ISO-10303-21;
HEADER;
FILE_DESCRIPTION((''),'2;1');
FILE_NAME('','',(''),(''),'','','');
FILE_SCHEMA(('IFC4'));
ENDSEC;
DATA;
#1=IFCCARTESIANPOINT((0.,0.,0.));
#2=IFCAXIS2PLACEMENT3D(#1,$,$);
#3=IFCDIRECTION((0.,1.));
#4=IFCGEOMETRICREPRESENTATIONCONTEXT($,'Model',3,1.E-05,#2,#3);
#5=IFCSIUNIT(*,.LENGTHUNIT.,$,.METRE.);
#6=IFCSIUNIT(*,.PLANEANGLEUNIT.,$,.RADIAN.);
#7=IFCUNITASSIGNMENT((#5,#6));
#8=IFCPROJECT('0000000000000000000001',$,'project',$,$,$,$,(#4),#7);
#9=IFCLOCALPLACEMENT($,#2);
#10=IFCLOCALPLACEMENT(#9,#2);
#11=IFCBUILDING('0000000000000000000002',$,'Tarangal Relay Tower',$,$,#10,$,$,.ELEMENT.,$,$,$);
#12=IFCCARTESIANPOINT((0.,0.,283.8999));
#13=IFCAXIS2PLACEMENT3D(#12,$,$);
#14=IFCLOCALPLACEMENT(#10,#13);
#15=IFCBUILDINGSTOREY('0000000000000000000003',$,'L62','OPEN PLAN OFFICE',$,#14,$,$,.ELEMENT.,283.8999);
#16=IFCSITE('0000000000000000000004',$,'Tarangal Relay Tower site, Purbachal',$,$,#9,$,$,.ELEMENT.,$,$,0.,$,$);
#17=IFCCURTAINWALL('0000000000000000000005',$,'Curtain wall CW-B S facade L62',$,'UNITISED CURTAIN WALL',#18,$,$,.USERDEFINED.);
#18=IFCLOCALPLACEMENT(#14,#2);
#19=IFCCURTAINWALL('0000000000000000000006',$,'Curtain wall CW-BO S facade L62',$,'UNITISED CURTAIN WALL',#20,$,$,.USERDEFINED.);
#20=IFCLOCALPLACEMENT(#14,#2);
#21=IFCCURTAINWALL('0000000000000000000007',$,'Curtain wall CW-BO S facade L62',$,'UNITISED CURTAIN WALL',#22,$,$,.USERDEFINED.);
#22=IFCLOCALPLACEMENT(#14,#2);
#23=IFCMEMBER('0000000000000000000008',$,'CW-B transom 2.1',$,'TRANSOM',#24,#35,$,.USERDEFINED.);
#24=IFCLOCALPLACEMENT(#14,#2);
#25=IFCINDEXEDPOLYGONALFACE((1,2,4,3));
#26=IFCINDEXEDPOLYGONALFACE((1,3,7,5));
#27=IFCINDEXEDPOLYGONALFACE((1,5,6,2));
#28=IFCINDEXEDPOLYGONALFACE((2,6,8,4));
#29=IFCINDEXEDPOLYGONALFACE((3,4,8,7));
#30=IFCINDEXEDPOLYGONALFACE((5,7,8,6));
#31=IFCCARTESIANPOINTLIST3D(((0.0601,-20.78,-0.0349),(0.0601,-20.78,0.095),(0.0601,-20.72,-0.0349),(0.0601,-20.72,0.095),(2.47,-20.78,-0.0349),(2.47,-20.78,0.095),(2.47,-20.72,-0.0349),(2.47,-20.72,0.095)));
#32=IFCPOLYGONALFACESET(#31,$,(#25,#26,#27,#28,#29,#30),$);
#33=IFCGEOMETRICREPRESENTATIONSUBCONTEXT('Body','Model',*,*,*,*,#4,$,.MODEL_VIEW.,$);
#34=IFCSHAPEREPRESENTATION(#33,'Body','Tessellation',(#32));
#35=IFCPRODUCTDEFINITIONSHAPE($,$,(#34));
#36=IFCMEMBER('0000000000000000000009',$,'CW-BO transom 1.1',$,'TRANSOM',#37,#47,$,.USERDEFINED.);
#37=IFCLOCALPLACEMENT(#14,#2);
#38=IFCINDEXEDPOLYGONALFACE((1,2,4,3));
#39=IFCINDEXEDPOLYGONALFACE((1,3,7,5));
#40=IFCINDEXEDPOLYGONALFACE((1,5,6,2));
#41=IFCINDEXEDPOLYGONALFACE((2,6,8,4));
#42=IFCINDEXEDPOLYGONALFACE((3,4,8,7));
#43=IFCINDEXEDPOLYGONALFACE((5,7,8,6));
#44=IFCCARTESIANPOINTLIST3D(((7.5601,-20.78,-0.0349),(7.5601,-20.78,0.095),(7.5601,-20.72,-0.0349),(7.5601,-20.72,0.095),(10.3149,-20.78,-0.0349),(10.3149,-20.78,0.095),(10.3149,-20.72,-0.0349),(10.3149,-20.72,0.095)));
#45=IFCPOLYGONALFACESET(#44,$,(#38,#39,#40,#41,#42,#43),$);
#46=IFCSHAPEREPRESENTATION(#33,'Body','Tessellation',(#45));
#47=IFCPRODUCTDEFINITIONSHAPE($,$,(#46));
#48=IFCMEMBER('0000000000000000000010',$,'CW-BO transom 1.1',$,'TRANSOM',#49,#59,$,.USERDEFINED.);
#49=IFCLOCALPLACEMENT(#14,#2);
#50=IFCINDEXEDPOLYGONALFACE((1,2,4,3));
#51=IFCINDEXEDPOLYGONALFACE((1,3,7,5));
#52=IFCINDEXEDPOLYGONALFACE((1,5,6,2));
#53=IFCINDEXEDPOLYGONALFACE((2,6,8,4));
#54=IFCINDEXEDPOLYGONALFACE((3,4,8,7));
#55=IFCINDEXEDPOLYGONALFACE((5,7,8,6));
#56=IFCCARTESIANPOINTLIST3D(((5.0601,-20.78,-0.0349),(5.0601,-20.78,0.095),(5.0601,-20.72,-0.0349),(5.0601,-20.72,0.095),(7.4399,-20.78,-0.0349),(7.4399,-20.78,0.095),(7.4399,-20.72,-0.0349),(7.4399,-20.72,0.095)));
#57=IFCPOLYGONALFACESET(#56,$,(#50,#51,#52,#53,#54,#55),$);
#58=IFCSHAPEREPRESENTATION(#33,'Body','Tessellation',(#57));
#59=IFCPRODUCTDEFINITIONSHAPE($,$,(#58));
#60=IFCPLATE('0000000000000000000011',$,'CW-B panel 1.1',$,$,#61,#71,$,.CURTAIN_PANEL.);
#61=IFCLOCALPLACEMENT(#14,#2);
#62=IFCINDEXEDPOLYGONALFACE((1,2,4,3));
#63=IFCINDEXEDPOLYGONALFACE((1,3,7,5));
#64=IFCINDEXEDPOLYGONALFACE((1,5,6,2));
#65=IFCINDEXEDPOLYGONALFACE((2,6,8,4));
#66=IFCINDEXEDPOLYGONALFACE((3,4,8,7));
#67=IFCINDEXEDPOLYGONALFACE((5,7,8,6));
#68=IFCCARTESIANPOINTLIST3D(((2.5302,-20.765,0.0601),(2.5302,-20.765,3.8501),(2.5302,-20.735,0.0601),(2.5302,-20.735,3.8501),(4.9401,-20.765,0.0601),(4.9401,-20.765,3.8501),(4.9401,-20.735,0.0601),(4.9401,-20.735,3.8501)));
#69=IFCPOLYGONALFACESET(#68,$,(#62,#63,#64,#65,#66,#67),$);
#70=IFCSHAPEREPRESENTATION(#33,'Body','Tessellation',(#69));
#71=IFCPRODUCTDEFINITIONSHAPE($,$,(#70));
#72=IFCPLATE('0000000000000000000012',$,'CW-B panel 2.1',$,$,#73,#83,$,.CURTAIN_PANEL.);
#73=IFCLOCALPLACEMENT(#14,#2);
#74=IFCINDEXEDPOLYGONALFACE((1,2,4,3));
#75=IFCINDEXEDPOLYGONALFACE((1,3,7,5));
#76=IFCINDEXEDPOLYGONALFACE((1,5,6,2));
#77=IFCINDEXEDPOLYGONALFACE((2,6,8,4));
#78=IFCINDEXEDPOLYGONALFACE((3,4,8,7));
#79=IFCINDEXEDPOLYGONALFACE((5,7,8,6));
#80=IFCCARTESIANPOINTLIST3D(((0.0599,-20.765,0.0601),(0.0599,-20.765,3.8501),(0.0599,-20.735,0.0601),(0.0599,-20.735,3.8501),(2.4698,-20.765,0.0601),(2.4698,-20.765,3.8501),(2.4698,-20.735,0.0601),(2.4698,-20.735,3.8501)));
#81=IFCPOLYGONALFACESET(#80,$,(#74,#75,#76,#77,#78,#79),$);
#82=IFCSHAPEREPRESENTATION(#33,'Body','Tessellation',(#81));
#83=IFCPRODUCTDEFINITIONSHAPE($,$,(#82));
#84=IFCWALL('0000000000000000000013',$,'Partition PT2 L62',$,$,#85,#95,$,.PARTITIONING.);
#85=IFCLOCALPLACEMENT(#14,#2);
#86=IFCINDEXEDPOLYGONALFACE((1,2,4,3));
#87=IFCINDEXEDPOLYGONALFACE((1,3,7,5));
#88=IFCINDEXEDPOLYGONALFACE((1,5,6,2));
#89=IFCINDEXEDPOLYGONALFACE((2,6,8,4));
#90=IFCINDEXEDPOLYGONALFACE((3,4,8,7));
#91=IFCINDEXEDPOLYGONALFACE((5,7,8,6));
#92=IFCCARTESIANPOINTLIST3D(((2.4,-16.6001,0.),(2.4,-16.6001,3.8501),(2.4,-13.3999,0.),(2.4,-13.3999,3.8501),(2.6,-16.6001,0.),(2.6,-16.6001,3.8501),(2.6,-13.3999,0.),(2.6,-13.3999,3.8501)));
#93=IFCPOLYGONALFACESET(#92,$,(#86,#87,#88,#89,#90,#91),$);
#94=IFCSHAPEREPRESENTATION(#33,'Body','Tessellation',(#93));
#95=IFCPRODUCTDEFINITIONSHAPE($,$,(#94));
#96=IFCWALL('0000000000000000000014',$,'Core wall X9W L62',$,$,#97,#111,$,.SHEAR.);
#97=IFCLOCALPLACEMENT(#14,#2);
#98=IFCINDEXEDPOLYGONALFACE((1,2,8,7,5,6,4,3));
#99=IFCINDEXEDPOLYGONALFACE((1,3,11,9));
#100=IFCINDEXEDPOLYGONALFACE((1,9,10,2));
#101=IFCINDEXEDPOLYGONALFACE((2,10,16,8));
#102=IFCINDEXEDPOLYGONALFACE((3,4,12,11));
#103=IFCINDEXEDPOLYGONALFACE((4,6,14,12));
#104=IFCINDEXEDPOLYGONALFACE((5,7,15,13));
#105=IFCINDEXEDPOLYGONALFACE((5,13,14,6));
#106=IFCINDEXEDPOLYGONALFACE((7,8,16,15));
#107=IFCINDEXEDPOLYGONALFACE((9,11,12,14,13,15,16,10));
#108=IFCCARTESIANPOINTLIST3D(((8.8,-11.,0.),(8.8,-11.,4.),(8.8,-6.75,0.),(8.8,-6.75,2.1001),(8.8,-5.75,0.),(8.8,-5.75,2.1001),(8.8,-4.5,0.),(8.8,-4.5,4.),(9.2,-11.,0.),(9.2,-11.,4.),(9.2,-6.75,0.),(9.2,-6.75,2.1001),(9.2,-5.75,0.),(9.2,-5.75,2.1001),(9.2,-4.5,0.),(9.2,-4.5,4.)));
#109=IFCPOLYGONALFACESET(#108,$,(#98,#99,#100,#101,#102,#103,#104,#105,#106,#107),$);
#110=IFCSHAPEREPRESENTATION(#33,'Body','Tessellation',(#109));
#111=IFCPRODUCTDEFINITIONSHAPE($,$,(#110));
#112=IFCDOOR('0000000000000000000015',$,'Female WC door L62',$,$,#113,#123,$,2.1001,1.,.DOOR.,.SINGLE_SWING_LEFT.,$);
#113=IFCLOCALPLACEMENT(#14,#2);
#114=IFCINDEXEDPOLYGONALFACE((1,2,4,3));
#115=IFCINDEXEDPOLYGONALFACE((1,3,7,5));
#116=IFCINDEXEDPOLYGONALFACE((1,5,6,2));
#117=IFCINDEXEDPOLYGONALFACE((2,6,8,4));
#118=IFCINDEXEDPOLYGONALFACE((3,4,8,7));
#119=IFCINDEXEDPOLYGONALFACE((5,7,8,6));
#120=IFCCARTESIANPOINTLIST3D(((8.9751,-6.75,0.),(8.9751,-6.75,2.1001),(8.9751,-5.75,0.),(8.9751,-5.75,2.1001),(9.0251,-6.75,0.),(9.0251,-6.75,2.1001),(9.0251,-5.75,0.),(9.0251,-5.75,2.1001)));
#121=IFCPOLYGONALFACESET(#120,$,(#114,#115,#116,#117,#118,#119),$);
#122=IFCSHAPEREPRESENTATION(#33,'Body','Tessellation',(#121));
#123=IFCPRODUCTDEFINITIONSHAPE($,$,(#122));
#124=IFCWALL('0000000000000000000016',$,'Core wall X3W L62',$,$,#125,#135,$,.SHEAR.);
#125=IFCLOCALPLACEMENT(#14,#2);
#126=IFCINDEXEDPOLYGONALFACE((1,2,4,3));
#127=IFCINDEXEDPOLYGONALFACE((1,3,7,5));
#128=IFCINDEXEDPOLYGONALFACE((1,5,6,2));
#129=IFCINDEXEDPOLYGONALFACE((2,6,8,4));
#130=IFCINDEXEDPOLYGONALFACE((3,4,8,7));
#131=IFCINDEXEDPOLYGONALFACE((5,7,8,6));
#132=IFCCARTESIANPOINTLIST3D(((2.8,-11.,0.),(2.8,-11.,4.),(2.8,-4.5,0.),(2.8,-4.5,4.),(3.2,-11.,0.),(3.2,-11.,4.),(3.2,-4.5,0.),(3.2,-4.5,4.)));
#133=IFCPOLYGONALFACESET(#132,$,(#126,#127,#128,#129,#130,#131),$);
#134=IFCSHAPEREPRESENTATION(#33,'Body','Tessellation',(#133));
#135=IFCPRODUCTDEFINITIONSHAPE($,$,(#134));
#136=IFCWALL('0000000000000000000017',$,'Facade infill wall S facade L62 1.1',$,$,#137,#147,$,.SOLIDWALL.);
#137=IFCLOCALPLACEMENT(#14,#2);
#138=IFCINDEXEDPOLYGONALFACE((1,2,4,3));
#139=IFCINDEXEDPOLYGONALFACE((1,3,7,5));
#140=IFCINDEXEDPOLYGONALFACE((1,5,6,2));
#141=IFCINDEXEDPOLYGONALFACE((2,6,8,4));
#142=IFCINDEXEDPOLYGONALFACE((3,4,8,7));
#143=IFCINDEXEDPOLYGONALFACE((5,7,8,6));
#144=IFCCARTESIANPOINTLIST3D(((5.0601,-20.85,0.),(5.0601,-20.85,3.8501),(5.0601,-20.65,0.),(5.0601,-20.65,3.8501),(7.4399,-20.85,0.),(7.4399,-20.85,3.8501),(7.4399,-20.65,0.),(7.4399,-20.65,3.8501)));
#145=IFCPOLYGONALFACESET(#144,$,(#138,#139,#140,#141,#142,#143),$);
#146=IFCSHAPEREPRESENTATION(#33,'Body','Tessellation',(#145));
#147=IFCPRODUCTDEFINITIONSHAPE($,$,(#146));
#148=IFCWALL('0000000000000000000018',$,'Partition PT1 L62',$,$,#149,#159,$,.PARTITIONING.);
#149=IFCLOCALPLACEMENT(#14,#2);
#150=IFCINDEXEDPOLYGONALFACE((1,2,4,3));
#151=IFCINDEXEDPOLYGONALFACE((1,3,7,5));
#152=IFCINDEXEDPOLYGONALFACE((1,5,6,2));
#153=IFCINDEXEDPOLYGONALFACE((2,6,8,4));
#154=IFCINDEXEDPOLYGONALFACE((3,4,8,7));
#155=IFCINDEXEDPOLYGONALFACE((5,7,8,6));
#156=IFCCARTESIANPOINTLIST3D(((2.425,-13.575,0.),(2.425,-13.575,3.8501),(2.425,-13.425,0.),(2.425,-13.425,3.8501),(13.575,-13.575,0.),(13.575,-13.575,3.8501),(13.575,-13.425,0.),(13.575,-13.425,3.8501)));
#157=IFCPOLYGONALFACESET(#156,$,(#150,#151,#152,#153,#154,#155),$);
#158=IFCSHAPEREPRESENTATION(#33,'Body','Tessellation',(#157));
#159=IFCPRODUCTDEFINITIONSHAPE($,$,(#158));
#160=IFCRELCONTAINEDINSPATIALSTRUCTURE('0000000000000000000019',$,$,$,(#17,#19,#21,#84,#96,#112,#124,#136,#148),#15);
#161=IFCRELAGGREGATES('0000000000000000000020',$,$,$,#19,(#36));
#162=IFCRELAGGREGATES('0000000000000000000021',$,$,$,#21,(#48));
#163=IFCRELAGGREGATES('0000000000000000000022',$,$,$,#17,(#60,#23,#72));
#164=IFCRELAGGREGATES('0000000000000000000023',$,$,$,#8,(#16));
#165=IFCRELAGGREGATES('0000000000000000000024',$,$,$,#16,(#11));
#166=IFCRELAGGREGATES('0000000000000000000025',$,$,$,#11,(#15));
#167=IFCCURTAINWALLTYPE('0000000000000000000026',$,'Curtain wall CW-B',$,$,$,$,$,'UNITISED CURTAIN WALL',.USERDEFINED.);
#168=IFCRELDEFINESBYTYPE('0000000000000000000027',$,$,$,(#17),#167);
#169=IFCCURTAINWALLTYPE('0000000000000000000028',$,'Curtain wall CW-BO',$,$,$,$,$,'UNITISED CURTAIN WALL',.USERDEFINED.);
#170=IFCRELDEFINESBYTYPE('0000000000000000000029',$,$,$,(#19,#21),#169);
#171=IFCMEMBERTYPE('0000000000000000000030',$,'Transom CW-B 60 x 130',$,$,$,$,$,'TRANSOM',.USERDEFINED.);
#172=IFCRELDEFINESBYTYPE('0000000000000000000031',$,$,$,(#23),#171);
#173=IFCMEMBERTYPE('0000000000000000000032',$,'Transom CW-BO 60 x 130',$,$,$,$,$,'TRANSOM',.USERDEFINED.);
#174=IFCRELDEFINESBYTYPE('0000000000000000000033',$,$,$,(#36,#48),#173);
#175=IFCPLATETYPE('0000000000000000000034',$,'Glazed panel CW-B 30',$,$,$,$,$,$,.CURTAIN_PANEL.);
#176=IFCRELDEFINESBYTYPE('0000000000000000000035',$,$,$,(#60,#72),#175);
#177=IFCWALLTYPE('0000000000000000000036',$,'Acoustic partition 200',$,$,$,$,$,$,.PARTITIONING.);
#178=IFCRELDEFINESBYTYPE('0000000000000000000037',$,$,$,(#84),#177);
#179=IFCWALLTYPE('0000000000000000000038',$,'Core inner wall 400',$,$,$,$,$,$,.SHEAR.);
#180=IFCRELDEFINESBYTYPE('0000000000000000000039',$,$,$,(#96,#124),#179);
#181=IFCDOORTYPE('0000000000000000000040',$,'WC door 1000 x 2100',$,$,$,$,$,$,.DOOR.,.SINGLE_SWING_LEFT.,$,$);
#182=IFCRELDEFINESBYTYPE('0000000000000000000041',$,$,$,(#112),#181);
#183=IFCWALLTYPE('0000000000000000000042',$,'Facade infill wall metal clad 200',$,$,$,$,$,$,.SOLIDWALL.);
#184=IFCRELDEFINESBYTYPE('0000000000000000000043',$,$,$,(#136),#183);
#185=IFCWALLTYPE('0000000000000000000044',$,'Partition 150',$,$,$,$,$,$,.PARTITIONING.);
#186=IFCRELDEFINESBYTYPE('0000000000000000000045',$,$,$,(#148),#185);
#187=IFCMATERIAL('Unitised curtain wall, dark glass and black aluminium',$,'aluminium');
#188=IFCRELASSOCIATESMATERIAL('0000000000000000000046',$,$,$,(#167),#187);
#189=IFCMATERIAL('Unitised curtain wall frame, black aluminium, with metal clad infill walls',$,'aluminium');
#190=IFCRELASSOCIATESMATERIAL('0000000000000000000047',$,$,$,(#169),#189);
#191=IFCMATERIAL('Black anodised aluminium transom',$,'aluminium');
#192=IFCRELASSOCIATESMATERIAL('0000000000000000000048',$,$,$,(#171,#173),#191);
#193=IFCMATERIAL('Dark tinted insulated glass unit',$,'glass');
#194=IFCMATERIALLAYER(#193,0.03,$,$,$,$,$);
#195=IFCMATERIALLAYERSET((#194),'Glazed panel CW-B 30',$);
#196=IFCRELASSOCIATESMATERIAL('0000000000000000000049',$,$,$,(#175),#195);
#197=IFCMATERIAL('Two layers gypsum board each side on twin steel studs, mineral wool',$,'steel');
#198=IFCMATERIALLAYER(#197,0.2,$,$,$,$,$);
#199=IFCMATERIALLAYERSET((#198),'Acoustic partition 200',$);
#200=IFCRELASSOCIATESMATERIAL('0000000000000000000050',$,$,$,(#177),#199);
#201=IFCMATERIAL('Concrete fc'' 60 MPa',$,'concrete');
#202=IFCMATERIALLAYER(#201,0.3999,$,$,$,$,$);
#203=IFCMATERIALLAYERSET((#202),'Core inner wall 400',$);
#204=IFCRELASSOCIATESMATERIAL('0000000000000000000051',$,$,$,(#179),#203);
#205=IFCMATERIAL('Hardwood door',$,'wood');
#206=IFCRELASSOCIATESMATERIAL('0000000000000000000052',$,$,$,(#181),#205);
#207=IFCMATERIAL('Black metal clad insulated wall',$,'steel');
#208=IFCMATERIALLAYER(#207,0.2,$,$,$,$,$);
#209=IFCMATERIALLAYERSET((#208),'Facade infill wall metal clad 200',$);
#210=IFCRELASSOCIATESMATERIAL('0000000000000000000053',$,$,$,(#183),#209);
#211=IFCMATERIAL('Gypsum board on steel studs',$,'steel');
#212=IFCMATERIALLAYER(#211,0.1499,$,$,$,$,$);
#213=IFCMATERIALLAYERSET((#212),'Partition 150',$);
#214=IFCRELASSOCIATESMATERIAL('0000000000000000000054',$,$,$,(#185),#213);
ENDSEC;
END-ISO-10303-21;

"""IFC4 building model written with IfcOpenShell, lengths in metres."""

from ifc_helpers import new_model, si_unit, direction, frame, frame_2d, origin, origin_2d, place, context, subcontext, project, spatial, rectangle, extrude, material, layer, layer_set, material_profile, profile_set, type_object, element, fill, aggregate, save


model = new_model("IFC4")

# Units and contexts
model_context = context("Model", 3, precision=1e-05, world=origin(), true_north=direction((0.0, 1.0)))
body_context = subcontext(model_context, "Body", "Model", "MODEL_VIEW")
ifc_project = project(units=[si_unit("LENGTHUNIT", "METRE"), si_unit("PLANEANGLEUNIT", "RADIAN")], contexts=[model_context])

# Site, building, storey
site_placement = place(None, origin())
site = spatial("IfcSite", under=ifc_project, at=site_placement, Name="Tarangal Relay Tower site, Purbachal", CompositionType="ELEMENT", RefElevation=0.0)
building_placement = place(site_placement, origin())
building = spatial("IfcBuilding", under=site, at=building_placement, Name="Tarangal Relay Tower", CompositionType="ELEMENT")
storey_placement = place(building_placement, frame((0.0, 0.0, 283.8999)))
storey = spatial("IfcBuildingStorey", under=building, at=storey_placement, Name="L62", Description="OPEN PLAN OFFICE", CompositionType="ELEMENT", Elevation=283.8999)

# Curtain wall
ifc_material_1 = material(Name="Unitised curtain wall, dark glass and black aluminium", Category="aluminium")
curtain_wall_type_1 = type_object("IfcCurtainWallType", Name="Curtain wall CW-B", ElementType="UNITISED CURTAIN WALL", PredefinedType="USERDEFINED", material=ifc_material_1)
curtain_wall_1_placement = place(storey_placement, origin())
curtain_wall_1 = element("IfcCurtainWall", 1, at=curtain_wall_1_placement, inside=storey, type_object=curtain_wall_type_1, Name="Curtain wall CW-B S facade L62", ObjectType="UNITISED CURTAIN WALL", PredefinedType="USERDEFINED")

# Curtain wall
ifc_material_2 = material(Name="Unitised curtain wall frame, black aluminium, with metal clad infill walls", Category="aluminium")
curtain_wall_type_2 = type_object("IfcCurtainWallType", Name="Curtain wall CW-BO", ElementType="UNITISED CURTAIN WALL", PredefinedType="USERDEFINED", material=ifc_material_2)
curtain_wall_2_placement = place(storey_placement, origin())
curtain_wall_2 = element("IfcCurtainWall", 2, at=curtain_wall_2_placement, inside=storey, type_object=curtain_wall_type_2, Name="Curtain wall CW-BO S facade L62", ObjectType="UNITISED CURTAIN WALL", PredefinedType="USERDEFINED")

# Curtain wall
curtain_wall_3_placement = place(storey_placement, origin())
curtain_wall_3 = element("IfcCurtainWall", 3, at=curtain_wall_3_placement, inside=storey, type_object=curtain_wall_type_2, Name="Curtain wall CW-BO S facade L62", ObjectType="UNITISED CURTAIN WALL", PredefinedType="USERDEFINED")

# Members
ifc_material_3 = material(Name="Black anodised aluminium transom", Category="aluminium")
ifc_material_profile_1 = material_profile(ifc_material_3, rectangle(XDim=0.0601, YDim=0.1299, at=origin_2d()), Name="CW-BT 60X130")
ifc_profile_set_1 = profile_set([ifc_material_profile_1], Name="Black anodised aluminium transom")
member_type_1 = type_object("IfcMemberType", Name="Transom CW-B 60 x 130", ElementType="TRANSOM", PredefinedType="USERDEFINED", material=ifc_profile_set_1)
member_1_placement = place(storey_placement, frame((2.47, -20.75, 0.03), z_axis=(-1.0, 0.0, 0.0), x_axis=(0.0, -1.0, 0.0)))
member_1 = element("IfcMember", 4, at=member_1_placement, type_object=member_type_1, Name="CW-B transom 2.1", ObjectType="TRANSOM", PredefinedType="USERDEFINED", context=body_context, shape_type="SweptSolid", body=[
    extrude(rectangle(XDim=0.0601, YDim=0.1299, at=origin_2d()), origin(), (0.0, 0.0, 1.0), 2.4099),
])
ifc_material_profile_2 = material_profile(ifc_material_3, rectangle(XDim=0.0601, YDim=0.1299, at=origin_2d()), Name="CW-BOT 60X130")
ifc_profile_set_2 = profile_set([ifc_material_profile_2], Name="Black anodised aluminium transom")
member_type_2 = type_object("IfcMemberType", Name="Transom CW-BO 60 x 130", ElementType="TRANSOM", PredefinedType="USERDEFINED", material=ifc_profile_set_2)
member_2_placement = place(storey_placement, frame((10.3149, -20.75, 0.03), z_axis=(-1.0, 0.0, 0.0), x_axis=(0.0, -1.0, 0.0)))
member_2 = element("IfcMember", 5, at=member_2_placement, type_object=member_type_2, Name="CW-BO transom 1.1", ObjectType="TRANSOM", PredefinedType="USERDEFINED", context=body_context, shape_type="SweptSolid", body=[
    extrude(rectangle(XDim=0.0601, YDim=0.1299, at=origin_2d()), origin(), (0.0, 0.0, 1.0), 2.7549),
])
aggregate(curtain_wall_2, [member_2])
member_3_placement = place(storey_placement, frame((7.4399, -20.75, 0.03), z_axis=(-1.0, 0.0, 0.0), x_axis=(0.0, -1.0, 0.0)))
member_3 = element("IfcMember", 6, at=member_3_placement, type_object=member_type_2, Name="CW-BO transom 1.1", ObjectType="TRANSOM", PredefinedType="USERDEFINED", context=body_context, shape_type="SweptSolid", body=[
    extrude(rectangle(XDim=0.0601, YDim=0.1299, at=origin_2d()), origin(), (0.0, 0.0, 1.0), 2.3799),
])
aggregate(curtain_wall_3, [member_3])

# Plates
ifc_material_4 = material(Name="Dark tinted insulated glass unit", Category="glass")
ifc_layer_1 = layer(ifc_material_4, 0.03)
ifc_layer_set_1 = layer_set([ifc_layer_1], Name="Glazed panel CW-B 30")
plate_type = type_object("IfcPlateType", Name="Glazed panel CW-B 30", PredefinedType="CURTAIN_PANEL", material=ifc_layer_set_1)
plate_1_placement = place(storey_placement, frame((3.7351, -20.75, 0.0601), z_axis=(0.0, 0.0, 1.0), x_axis=(-1.0, 0.0, 0.0)))
plate_1 = element("IfcPlate", 7, at=plate_1_placement, type_object=plate_type, Name="CW-B panel 1.1", PredefinedType="CURTAIN_PANEL", context=body_context, shape_type="SweptSolid", body=[
    extrude(rectangle(XDim=2.4099, YDim=0.03, at=origin_2d()), origin(), (0.0, 0.0, 1.0), 3.79),
])
plate_2_placement = place(storey_placement, frame((1.2649, -20.75, 0.0601), z_axis=(0.0, 0.0, 1.0), x_axis=(-1.0, 0.0, 0.0)))
plate_2 = element("IfcPlate", 8, at=plate_2_placement, type_object=plate_type, Name="CW-B panel 2.1", PredefinedType="CURTAIN_PANEL", context=body_context, shape_type="SweptSolid", body=[
    extrude(rectangle(XDim=2.4099, YDim=0.03, at=origin_2d()), origin(), (0.0, 0.0, 1.0), 3.79),
])
aggregate(curtain_wall_1, [plate_1, member_1, plate_2])

# Wall
ifc_material_5 = material(Name="Two layers gypsum board each side on twin steel studs, mineral wool", Category="steel")
ifc_layer_2 = layer(ifc_material_5, 0.2)
ifc_layer_set_2 = layer_set([ifc_layer_2], Name="Acoustic partition 200")
wall_type_1 = type_object("IfcWallType", Name="Acoustic partition 200", PredefinedType="PARTITIONING", material=ifc_layer_set_2)
wall_1_placement = place(storey_placement, frame((2.5, -16.6001, 0.0), z_axis=(0.0, 0.0, 1.0), x_axis=(0.0, 1.0, 0.0)))
element("IfcWall", 9, at=wall_1_placement, inside=storey, type_object=wall_type_1, Name="Partition PT2 L62", PredefinedType="PARTITIONING", context=body_context, shape_type="SweptSolid", body=[
    extrude(rectangle(XDim=3.2002, YDim=0.2, at=frame_2d((1.6001, 0.0))), origin(), (0.0, 0.0, 1.0), 3.8501),
])

# Wall, opening, door
ifc_material_6 = material(Name="Concrete fc' 60 MPa", Category="concrete")
ifc_layer_3 = layer(ifc_material_6, 0.3999)
ifc_layer_set_3 = layer_set([ifc_layer_3], Name="Core inner wall 400")
wall_type_2 = type_object("IfcWallType", Name="Core inner wall 400", PredefinedType="SHEAR", material=ifc_layer_set_3)
wall_2_placement = place(storey_placement, frame((9.0, -11.0, 0.0), z_axis=(0.0, 0.0, 1.0), x_axis=(0.0, 1.0, 0.0)))
wall_2 = element("IfcWall", 10, at=wall_2_placement, inside=storey, type_object=wall_type_2, Name="Core wall X9W L62", PredefinedType="SHEAR", context=body_context, shape_type="SweptSolid", body=[
    extrude(rectangle(XDim=6.5, YDim=0.3999, at=frame_2d((3.25, 0.0))), origin(), (0.0, 0.0, 1.0), 4.0),
])
opening_1_placement = place(wall_2_placement, frame((4.25, 0.0, 0.0)))
opening_1 = element("IfcOpeningElement", 11, at=opening_1_placement, cuts=wall_2, PredefinedType="OPENING", context=body_context, shape_type="SweptSolid", body=[
    extrude(rectangle(XDim=1.0, YDim=2.1001, at=frame_2d((0.5, 1.05))), frame((0.0, 0.21, 0.0), z_axis=(0.0, -1.0, 0.0), x_axis=(1.0, 0.0, 0.0)), (0.0, 0.0, 1.0), 0.4199),
])
ifc_material_7 = material(Name="Hardwood door", Category="wood")
door_type = type_object("IfcDoorType", Name="WC door 1000 x 2100", OperationType="SINGLE_SWING_LEFT", PredefinedType="DOOR", material=ifc_material_7)
door_1_placement = place(opening_1_placement, origin())
door_1 = element("IfcDoor", 12, at=door_1_placement, inside=storey, type_object=door_type, Name="Female WC door L62", OperationType="SINGLE_SWING_LEFT", OverallHeight=2.1001, OverallWidth=1.0, PredefinedType="DOOR", context=body_context, shape_type="SweptSolid", body=[
    extrude(rectangle(XDim=1.0, YDim=2.1001, at=frame_2d((0.5, 1.05))), frame((0.0, 0.0249, 0.0), z_axis=(0.0, -1.0, 0.0), x_axis=(1.0, 0.0, 0.0)), (0.0, 0.0, 1.0), 0.05),
])
fill(opening_1, door_1)

# Walls
wall_3_placement = place(storey_placement, frame((3.0, -11.0, 0.0), z_axis=(0.0, 0.0, 1.0), x_axis=(0.0, 1.0, 0.0)))
element("IfcWall", 13, at=wall_3_placement, inside=storey, type_object=wall_type_2, Name="Core wall X3W L62", PredefinedType="SHEAR", context=body_context, shape_type="SweptSolid", body=[
    extrude(rectangle(XDim=6.5, YDim=0.3999, at=frame_2d((3.25, 0.0))), origin(), (0.0, 0.0, 1.0), 4.0),
])
ifc_material_8 = material(Name="Black metal clad insulated wall", Category="steel")
ifc_layer_4 = layer(ifc_material_8, 0.2)
ifc_layer_set_4 = layer_set([ifc_layer_4], Name="Facade infill wall metal clad 200")
wall_type_3 = type_object("IfcWallType", Name="Facade infill wall metal clad 200", PredefinedType="SOLIDWALL", material=ifc_layer_set_4)
wall_4_placement = place(storey_placement, frame((7.4399, -20.75, 0.0), z_axis=(0.0, 0.0, 1.0), x_axis=(-1.0, 0.0, 0.0)))
element("IfcWall", 14, at=wall_4_placement, inside=storey, type_object=wall_type_3, Name="Facade infill wall S facade L62 1.1", PredefinedType="SOLIDWALL", context=body_context, shape_type="SweptSolid", body=[
    extrude(rectangle(XDim=2.3799, YDim=0.2, at=frame_2d((1.1899, 0.0))), origin(), (0.0, 0.0, 1.0), 3.8501),
])
ifc_material_9 = material(Name="Gypsum board on steel studs", Category="steel")
ifc_layer_5 = layer(ifc_material_9, 0.1499)
ifc_layer_set_5 = layer_set([ifc_layer_5], Name="Partition 150")
wall_type_4 = type_object("IfcWallType", Name="Partition 150", PredefinedType="PARTITIONING", material=ifc_layer_set_5)
wall_5_placement = place(storey_placement, frame((2.425, -13.5, 0.0), z_axis=(0.0, 0.0, 1.0), x_axis=(1.0, 0.0, 0.0)))
element("IfcWall", 15, at=wall_5_placement, inside=storey, type_object=wall_type_4, Name="Partition PT1 L62", PredefinedType="PARTITIONING", context=body_context, shape_type="SweptSolid", body=[
    extrude(rectangle(XDim=11.1499, YDim=0.1499, at=frame_2d((5.575, 0.0))), origin(), (0.0, 0.0, 1.0), 3.8501),
])

save(model, "model.ifc")
